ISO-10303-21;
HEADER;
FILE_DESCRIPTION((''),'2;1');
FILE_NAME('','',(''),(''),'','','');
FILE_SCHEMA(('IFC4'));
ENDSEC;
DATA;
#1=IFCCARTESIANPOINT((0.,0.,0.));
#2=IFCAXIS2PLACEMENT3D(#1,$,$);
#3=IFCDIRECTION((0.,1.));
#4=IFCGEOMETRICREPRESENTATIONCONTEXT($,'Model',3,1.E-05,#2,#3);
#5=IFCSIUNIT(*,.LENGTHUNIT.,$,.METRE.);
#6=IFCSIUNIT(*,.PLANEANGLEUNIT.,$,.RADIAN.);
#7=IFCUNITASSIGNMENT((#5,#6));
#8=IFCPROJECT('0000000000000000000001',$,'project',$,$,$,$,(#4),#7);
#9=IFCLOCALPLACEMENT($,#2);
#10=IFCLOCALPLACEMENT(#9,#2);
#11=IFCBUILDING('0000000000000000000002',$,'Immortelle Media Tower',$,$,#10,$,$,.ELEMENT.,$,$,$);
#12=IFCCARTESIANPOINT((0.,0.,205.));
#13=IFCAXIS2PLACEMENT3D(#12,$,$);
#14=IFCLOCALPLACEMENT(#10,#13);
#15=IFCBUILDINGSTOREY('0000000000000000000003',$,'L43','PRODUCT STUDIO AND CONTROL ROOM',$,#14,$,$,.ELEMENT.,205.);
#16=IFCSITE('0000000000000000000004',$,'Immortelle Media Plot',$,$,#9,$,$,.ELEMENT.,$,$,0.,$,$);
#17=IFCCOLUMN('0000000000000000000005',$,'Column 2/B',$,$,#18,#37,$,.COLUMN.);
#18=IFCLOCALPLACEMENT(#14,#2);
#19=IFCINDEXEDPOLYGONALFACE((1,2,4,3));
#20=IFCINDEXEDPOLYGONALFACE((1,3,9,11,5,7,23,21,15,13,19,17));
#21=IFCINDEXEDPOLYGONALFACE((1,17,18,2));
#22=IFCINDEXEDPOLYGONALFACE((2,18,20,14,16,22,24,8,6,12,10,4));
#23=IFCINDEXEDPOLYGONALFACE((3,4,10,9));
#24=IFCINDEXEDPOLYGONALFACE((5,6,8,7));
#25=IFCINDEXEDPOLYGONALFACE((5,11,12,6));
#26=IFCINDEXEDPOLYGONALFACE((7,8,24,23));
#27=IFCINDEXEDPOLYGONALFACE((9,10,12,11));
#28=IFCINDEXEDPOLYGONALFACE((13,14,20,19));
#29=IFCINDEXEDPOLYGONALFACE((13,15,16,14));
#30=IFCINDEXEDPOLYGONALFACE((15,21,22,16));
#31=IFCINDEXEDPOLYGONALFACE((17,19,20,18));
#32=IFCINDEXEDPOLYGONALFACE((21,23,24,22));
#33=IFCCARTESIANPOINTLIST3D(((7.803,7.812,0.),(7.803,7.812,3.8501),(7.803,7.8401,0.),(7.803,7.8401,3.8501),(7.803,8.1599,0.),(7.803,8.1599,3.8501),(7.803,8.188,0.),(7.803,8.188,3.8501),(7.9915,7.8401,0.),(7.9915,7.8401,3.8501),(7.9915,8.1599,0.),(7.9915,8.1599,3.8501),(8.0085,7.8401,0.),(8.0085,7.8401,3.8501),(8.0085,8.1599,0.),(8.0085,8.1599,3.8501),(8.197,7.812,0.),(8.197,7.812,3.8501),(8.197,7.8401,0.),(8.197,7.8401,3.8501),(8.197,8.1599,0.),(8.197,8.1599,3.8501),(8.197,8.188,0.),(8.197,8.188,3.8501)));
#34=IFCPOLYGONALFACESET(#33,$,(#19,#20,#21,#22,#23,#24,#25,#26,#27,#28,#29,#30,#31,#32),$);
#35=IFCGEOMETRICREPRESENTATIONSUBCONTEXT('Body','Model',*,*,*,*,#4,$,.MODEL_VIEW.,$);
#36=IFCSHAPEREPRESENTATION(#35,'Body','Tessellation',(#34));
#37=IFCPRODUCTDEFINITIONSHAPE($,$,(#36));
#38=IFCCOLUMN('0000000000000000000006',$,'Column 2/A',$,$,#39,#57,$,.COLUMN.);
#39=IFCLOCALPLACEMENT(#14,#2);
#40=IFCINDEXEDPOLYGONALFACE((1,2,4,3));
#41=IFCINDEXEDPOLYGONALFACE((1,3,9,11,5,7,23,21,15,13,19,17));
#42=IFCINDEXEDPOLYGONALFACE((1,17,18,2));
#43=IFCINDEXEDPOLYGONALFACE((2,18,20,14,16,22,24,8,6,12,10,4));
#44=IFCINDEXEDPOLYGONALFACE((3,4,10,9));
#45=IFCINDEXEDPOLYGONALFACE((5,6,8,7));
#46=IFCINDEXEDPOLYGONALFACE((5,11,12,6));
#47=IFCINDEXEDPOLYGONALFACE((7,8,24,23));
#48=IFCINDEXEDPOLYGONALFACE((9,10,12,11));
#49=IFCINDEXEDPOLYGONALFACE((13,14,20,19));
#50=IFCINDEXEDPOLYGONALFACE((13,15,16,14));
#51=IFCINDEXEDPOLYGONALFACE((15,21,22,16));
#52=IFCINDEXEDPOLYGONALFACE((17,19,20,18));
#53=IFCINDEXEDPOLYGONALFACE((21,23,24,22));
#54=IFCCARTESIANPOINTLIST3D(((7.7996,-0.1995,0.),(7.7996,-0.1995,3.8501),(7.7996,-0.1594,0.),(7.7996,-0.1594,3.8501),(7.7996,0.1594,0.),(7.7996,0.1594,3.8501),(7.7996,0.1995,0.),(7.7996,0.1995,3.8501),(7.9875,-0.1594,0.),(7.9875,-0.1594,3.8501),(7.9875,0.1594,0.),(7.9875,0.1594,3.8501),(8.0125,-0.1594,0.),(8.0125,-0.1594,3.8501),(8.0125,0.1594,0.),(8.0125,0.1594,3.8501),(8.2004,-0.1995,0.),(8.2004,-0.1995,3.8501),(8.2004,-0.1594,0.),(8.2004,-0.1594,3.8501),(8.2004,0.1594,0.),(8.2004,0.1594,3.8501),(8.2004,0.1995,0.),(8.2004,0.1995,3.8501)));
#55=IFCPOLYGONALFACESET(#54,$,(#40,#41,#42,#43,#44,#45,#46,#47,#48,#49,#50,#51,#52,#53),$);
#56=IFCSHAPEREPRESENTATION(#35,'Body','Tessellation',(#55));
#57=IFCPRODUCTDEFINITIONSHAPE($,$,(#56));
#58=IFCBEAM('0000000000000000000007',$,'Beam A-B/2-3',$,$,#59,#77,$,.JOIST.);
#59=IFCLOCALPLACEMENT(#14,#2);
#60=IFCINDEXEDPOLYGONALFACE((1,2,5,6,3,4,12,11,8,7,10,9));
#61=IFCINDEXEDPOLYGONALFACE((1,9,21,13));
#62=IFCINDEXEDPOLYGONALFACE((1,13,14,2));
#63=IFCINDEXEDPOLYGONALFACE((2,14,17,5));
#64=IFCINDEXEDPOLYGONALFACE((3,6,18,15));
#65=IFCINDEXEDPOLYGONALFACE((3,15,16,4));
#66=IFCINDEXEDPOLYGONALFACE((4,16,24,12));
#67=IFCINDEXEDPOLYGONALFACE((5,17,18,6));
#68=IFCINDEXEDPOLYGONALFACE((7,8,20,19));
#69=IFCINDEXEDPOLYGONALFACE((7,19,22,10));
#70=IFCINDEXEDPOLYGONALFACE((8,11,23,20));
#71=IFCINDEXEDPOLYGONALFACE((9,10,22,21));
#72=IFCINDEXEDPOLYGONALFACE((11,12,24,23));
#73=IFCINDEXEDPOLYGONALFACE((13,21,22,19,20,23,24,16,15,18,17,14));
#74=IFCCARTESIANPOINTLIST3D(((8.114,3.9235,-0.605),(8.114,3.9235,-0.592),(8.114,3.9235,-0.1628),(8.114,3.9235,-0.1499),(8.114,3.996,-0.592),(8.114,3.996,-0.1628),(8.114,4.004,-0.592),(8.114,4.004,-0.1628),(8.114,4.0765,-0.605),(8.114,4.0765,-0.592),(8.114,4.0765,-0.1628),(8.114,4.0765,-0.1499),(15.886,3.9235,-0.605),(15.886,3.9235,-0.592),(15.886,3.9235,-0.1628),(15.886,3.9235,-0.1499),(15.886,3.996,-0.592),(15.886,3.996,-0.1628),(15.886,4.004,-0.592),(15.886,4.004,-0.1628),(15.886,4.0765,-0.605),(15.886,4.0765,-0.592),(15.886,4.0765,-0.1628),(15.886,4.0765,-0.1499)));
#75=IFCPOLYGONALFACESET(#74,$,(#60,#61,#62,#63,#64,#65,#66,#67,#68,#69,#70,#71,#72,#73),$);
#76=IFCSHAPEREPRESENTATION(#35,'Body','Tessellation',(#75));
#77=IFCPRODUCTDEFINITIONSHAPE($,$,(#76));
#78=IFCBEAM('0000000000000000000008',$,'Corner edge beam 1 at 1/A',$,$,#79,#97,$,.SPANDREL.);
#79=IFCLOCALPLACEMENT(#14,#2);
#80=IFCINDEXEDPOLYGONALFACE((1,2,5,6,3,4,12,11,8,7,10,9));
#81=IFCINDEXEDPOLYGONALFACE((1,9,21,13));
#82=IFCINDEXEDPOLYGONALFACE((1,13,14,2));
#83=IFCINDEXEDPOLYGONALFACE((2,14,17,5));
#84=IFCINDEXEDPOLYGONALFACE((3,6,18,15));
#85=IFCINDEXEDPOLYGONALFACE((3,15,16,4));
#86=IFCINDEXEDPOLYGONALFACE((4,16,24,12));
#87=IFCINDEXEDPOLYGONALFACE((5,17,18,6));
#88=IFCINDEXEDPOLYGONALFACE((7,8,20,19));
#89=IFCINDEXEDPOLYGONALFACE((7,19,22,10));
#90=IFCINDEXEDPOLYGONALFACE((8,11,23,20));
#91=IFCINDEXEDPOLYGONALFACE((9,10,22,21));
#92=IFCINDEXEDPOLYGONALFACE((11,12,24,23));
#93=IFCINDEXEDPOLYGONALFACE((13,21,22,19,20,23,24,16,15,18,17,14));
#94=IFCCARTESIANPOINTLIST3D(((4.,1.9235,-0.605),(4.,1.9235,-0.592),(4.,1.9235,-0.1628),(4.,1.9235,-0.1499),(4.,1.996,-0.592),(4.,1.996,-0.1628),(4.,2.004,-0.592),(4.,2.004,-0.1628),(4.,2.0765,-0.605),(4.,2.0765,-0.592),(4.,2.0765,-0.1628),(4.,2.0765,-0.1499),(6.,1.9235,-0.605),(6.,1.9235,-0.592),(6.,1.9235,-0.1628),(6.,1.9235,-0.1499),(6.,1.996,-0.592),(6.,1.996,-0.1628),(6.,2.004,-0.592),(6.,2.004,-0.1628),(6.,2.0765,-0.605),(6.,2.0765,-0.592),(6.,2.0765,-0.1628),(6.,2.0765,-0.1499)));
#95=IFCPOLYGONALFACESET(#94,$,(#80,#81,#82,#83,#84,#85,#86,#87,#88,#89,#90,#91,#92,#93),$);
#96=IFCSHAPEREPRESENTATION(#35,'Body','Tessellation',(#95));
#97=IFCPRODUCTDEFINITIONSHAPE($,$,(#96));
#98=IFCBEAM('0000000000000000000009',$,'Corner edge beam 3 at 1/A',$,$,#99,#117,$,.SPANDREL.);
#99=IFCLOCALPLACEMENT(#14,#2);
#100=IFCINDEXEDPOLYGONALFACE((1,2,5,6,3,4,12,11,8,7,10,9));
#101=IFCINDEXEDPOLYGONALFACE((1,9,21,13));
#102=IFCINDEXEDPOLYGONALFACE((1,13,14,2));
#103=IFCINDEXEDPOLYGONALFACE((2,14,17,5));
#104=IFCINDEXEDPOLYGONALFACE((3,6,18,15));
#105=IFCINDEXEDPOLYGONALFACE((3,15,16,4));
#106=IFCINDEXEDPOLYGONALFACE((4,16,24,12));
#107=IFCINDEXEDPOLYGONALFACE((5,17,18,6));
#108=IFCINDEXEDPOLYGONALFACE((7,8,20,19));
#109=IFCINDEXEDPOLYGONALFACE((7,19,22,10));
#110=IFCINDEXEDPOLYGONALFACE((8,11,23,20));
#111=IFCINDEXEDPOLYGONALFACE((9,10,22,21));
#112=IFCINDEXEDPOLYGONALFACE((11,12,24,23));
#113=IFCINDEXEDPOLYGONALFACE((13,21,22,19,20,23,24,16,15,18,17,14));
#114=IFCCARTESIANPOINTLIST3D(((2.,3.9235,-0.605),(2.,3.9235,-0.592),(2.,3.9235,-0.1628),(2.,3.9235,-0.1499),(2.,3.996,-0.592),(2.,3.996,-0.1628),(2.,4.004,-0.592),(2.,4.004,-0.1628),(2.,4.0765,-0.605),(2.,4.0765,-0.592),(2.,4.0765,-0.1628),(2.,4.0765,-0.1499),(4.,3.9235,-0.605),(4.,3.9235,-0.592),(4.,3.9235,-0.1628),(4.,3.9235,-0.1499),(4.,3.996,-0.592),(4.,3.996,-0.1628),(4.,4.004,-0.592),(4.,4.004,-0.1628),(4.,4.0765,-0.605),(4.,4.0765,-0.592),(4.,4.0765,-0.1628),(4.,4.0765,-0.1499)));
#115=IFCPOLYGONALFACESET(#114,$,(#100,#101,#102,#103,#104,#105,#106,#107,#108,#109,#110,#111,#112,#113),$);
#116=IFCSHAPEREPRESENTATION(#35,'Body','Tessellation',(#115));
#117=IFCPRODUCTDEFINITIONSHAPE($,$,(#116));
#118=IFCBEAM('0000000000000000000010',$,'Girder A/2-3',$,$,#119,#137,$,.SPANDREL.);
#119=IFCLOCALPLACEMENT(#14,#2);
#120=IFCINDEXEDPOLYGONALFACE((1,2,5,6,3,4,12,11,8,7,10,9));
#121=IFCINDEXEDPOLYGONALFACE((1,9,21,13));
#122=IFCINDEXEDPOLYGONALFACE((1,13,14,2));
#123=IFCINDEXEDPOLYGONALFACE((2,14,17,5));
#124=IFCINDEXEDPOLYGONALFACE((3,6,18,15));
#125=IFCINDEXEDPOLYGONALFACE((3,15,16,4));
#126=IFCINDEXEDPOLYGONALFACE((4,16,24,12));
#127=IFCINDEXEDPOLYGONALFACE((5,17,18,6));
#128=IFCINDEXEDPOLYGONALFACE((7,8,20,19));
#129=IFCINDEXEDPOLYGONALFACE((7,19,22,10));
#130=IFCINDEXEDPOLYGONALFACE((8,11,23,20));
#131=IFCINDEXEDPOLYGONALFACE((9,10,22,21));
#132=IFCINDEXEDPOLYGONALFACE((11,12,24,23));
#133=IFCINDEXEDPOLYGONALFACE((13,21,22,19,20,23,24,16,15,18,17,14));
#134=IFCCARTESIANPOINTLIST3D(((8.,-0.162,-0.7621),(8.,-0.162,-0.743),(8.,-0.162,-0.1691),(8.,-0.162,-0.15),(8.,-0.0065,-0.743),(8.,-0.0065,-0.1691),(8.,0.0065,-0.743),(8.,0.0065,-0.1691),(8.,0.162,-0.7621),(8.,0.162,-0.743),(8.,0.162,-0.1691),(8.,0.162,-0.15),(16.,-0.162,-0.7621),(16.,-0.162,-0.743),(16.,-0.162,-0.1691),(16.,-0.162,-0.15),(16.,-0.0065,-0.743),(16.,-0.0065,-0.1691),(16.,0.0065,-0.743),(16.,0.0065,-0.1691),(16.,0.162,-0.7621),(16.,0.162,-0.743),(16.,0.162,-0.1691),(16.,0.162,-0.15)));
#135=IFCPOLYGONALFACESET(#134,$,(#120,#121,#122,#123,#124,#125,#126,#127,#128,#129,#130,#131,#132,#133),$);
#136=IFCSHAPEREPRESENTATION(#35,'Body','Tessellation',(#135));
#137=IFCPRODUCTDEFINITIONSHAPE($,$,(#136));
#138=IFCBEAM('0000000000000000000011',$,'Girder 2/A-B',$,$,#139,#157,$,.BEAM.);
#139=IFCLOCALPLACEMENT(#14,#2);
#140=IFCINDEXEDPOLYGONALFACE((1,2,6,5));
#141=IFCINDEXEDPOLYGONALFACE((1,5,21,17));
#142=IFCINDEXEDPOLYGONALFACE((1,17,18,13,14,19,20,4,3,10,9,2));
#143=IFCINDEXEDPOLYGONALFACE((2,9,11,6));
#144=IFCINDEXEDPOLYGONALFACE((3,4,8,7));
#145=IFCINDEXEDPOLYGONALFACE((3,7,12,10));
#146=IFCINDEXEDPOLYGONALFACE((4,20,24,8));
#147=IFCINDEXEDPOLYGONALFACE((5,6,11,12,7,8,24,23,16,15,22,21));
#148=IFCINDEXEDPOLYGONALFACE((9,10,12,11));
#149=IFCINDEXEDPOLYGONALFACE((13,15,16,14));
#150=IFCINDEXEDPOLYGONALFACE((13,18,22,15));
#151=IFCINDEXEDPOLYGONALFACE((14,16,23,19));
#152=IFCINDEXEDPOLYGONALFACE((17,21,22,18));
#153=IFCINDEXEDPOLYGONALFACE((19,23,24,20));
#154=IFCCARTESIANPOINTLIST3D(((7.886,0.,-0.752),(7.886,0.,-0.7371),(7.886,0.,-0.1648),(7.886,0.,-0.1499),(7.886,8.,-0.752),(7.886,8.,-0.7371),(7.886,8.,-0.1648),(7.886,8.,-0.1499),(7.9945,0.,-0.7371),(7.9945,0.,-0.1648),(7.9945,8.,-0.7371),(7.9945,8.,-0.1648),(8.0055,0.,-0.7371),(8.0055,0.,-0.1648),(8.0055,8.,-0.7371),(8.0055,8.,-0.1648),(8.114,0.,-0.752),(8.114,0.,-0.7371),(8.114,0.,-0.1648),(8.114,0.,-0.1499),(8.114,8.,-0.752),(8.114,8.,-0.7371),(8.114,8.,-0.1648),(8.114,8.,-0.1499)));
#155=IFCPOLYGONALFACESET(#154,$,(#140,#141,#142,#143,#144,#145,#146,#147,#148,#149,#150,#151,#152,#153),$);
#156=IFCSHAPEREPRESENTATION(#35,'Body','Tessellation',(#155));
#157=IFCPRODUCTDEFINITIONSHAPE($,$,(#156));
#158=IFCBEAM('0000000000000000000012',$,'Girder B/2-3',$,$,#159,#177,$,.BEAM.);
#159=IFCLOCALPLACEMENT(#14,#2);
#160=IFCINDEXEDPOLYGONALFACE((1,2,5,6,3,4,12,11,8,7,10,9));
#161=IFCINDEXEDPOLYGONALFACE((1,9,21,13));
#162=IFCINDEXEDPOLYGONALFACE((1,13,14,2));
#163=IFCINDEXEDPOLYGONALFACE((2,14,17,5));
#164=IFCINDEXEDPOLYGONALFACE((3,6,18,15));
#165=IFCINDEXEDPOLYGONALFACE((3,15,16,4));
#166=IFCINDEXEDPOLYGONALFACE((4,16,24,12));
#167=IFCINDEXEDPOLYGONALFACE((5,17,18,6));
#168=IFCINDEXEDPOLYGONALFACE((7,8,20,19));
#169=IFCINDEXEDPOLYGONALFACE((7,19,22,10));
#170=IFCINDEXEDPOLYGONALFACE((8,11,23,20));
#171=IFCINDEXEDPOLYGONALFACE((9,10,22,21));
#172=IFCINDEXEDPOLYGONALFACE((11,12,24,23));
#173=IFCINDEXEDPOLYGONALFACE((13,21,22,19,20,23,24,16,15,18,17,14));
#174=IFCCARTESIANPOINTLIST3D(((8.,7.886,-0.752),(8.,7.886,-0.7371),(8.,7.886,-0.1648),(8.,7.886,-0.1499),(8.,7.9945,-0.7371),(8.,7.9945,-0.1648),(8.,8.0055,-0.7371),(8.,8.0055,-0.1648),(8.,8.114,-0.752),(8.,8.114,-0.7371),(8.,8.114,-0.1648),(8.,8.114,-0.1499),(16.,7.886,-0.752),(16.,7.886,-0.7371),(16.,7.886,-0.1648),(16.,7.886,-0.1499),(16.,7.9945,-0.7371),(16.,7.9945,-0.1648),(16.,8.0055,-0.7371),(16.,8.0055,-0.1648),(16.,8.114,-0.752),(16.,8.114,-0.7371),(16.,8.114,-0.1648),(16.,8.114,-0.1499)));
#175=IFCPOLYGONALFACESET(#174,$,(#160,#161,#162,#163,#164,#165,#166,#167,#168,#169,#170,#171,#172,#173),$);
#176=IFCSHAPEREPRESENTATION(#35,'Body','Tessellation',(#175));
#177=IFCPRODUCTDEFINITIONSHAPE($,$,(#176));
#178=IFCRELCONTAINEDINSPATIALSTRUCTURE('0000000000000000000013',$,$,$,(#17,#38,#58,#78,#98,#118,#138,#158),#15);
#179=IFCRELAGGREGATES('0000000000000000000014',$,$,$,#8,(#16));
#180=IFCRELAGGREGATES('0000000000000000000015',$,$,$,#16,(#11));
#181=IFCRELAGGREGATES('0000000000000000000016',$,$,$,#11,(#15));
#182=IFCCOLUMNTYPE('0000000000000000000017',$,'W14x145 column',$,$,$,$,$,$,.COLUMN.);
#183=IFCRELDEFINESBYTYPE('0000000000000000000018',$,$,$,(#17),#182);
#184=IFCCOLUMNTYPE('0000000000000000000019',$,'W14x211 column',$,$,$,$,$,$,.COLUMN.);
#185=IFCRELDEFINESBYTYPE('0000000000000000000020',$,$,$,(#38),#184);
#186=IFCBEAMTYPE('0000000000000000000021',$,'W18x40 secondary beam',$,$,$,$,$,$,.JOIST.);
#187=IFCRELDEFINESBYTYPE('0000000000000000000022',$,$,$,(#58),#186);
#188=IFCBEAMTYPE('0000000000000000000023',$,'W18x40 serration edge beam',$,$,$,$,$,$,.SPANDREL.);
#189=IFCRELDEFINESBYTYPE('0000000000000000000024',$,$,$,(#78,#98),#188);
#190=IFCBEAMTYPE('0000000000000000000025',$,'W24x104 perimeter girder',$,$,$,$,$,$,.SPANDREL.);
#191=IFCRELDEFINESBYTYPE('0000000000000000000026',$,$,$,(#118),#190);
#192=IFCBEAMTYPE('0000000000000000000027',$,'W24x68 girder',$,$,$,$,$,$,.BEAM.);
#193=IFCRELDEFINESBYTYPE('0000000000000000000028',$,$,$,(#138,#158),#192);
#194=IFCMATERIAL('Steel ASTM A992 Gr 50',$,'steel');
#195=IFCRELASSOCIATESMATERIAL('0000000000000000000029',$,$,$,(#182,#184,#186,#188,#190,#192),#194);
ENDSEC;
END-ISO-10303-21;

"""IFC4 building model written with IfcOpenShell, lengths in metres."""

from ifc_helpers import new_model, si_unit, direction, frame, origin, origin_2d, place, context, subcontext, project, spatial, i_section, extrude, material, material_profile, profile_set, type_object, element, save


model = new_model("IFC4")

# Units and contexts
model_context = context("Model", 3, precision=1e-05, world=origin(), true_north=direction((0.0, 1.0)))
body_context = subcontext(model_context, "Body", "Model", "MODEL_VIEW")
ifc_project = project(units=[si_unit("LENGTHUNIT", "METRE"), si_unit("PLANEANGLEUNIT", "RADIAN")], contexts=[model_context])

# Site, building, storey
site_placement = place(None, origin())
site = spatial("IfcSite", under=ifc_project, at=site_placement, Name="Immortelle Media Plot", CompositionType="ELEMENT", RefElevation=0.0)
building_placement = place(site_placement, origin())
building = spatial("IfcBuilding", under=site, at=building_placement, Name="Immortelle Media Tower", CompositionType="ELEMENT")
storey_placement = place(building_placement, frame((0.0, 0.0, 205.0)))
storey = spatial("IfcBuildingStorey", under=building, at=storey_placement, Name="L43", Description="PRODUCT STUDIO AND CONTROL ROOM", CompositionType="ELEMENT", Elevation=205.0)

# Columns
ifc_material_1 = material(Name="Steel ASTM A992 Gr 50", Category="steel")
ifc_material_profile_1 = material_profile(ifc_material_1, i_section(OverallWidth=0.394, OverallDepth=0.376, WebThickness=0.0171, FlangeThickness=0.0281, at=origin_2d()), Name="W14x145")
ifc_profile_set_1 = profile_set([ifc_material_profile_1], Name="Steel ASTM A992 Gr 50")
column_type_1 = type_object("IfcColumnType", Name="W14x145 column", PredefinedType="COLUMN", material=ifc_profile_set_1)
column_1_placement = place(storey_placement, frame((8.0, 8.0, 0.0), z_axis=(0.0, 0.0, 1.0), x_axis=(1.0, 0.0, 0.0)))
element("IfcColumn", 1, at=column_1_placement, inside=storey, type_object=column_type_1, Name="Column 2/B", PredefinedType="COLUMN", context=body_context, shape_type="SweptSolid", body=[
    extrude(i_section(OverallWidth=0.394, OverallDepth=0.376, WebThickness=0.0171, FlangeThickness=0.0281, at=origin_2d()), origin(), (0.0, 0.0, 1.0), 3.8501),
])
ifc_material_profile_2 = material_profile(ifc_material_1, i_section(OverallWidth=0.4009, OverallDepth=0.3989, WebThickness=0.0249, FlangeThickness=0.04, at=origin_2d()), Name="W14x211")
ifc_profile_set_2 = profile_set([ifc_material_profile_2], Name="Steel ASTM A992 Gr 50")
column_type_2 = type_object("IfcColumnType", Name="W14x211 column", PredefinedType="COLUMN", material=ifc_profile_set_2)
column_2_placement = place(storey_placement, frame((8.0, 0.0, 0.0), z_axis=(0.0, 0.0, 1.0), x_axis=(1.0, 0.0, 0.0)))
element("IfcColumn", 2, at=column_2_placement, inside=storey, type_object=column_type_2, Name="Column 2/A", PredefinedType="COLUMN", context=body_context, shape_type="SweptSolid", body=[
    extrude(i_section(OverallWidth=0.4009, OverallDepth=0.3989, WebThickness=0.0249, FlangeThickness=0.04, at=origin_2d()), origin(), (0.0, 0.0, 1.0), 3.8501),
])

# Beams
ifc_material_profile_3 = material_profile(ifc_material_1, i_section(OverallWidth=0.1531, OverallDepth=0.4551, WebThickness=0.0081, FlangeThickness=0.0129, at=origin_2d()), Name="W18x40")
ifc_profile_set_3 = profile_set([ifc_material_profile_3], Name="Steel ASTM A992 Gr 50")
beam_type_1 = type_object("IfcBeamType", Name="W18x40 secondary beam", PredefinedType="JOIST", material=ifc_profile_set_3)
beam_1_placement = place(storey_placement, frame((8.114, 4.0, -0.3774), z_axis=(1.0, 0.0, 0.0), x_axis=(0.0, 1.0, 0.0)))
element("IfcBeam", 3, at=beam_1_placement, inside=storey, type_object=beam_type_1, Name="Beam A-B/2-3", PredefinedType="JOIST", context=body_context, shape_type="SweptSolid", body=[
    extrude(i_section(OverallWidth=0.1531, OverallDepth=0.4551, WebThickness=0.0081, FlangeThickness=0.0129, at=origin_2d()), origin(), (0.0, 0.0, 1.0), 7.772),
])
ifc_material_profile_4 = material_profile(ifc_material_1, i_section(OverallWidth=0.1531, OverallDepth=0.4551, WebThickness=0.0081, FlangeThickness=0.0129, at=origin_2d()), Name="W18x40")
ifc_profile_set_4 = profile_set([ifc_material_profile_4], Name="Steel ASTM A992 Gr 50")
beam_type_2 = type_object("IfcBeamType", Name="W18x40 serration edge beam", PredefinedType="SPANDREL", material=ifc_profile_set_4)
for number, where, z_axis, x_axis, name in (
    (4, (6.0, 2.0, -0.3774), (-1.0, 0.0, 0.0), (0.0, -1.0, 0.0), "Corner edge beam 1 at 1/A"),
    (5, (4.0, 4.0, -0.3774), (-1.0, 0.0, 0.0), (0.0, -1.0, 0.0), "Corner edge beam 3 at 1/A"),
):
    element("IfcBeam", number, at=place(storey_placement, frame(where, z_axis=z_axis, x_axis=x_axis)), inside=storey, type_object=beam_type_2, Name=name, PredefinedType="SPANDREL", context=body_context, shape_type="SweptSolid", body=[
        extrude(i_section(OverallWidth=0.1531, OverallDepth=0.4551, WebThickness=0.0081, FlangeThickness=0.0129, at=origin_2d()), origin(), (0.0, 0.0, 1.0), 2.0),
    ])
ifc_material_profile_5 = material_profile(ifc_material_1, i_section(OverallWidth=0.324, OverallDepth=0.6121, WebThickness=0.0129, FlangeThickness=0.019, at=origin_2d()), Name="W24x104")
ifc_profile_set_5 = profile_set([ifc_material_profile_5], Name="Steel ASTM A992 Gr 50")
beam_type_3 = type_object("IfcBeamType", Name="W24x104 perimeter girder", PredefinedType="SPANDREL", material=ifc_profile_set_5)
beam_2_placement = place(storey_placement, frame((8.0, 0.0, -0.4561), z_axis=(1.0, 0.0, 0.0), x_axis=(0.0, 1.0, 0.0)))
element("IfcBeam", 6, at=beam_2_placement, inside=storey, type_object=beam_type_3, Name="Girder A/2-3", PredefinedType="SPANDREL", context=body_context, shape_type="SweptSolid", body=[
    extrude(i_section(OverallWidth=0.324, OverallDepth=0.6121, WebThickness=0.0129, FlangeThickness=0.019, at=origin_2d()), origin(), (0.0, 0.0, 1.0), 8.0),
])
ifc_material_profile_6 = material_profile(ifc_material_1, i_section(OverallWidth=0.228, OverallDepth=0.6021, WebThickness=0.011, FlangeThickness=0.0149, at=origin_2d()), Name="W24x68")
ifc_profile_set_6 = profile_set([ifc_material_profile_6], Name="Steel ASTM A992 Gr 50")
beam_type_4 = type_object("IfcBeamType", Name="W24x68 girder", PredefinedType="BEAM", material=ifc_profile_set_6)
for number, where, z_axis, x_axis, name in (
    (7, (8.0, 0.0, -0.4509), (0.0, 1.0, 0.0), (-1.0, 0.0, 0.0), "Girder 2/A-B"),
    (8, (8.0, 8.0, -0.4509), (1.0, 0.0, 0.0), (0.0, 1.0, 0.0), "Girder B/2-3"),
):
    element("IfcBeam", number, at=place(storey_placement, frame(where, z_axis=z_axis, x_axis=x_axis)), inside=storey, type_object=beam_type_4, Name=name, PredefinedType="BEAM", context=body_context, shape_type="SweptSolid", body=[
        extrude(i_section(OverallWidth=0.228, OverallDepth=0.6021, WebThickness=0.011, FlangeThickness=0.0149, at=origin_2d()), origin(), (0.0, 0.0, 1.0), 8.0),
    ])

save(model, "model.ifc")
